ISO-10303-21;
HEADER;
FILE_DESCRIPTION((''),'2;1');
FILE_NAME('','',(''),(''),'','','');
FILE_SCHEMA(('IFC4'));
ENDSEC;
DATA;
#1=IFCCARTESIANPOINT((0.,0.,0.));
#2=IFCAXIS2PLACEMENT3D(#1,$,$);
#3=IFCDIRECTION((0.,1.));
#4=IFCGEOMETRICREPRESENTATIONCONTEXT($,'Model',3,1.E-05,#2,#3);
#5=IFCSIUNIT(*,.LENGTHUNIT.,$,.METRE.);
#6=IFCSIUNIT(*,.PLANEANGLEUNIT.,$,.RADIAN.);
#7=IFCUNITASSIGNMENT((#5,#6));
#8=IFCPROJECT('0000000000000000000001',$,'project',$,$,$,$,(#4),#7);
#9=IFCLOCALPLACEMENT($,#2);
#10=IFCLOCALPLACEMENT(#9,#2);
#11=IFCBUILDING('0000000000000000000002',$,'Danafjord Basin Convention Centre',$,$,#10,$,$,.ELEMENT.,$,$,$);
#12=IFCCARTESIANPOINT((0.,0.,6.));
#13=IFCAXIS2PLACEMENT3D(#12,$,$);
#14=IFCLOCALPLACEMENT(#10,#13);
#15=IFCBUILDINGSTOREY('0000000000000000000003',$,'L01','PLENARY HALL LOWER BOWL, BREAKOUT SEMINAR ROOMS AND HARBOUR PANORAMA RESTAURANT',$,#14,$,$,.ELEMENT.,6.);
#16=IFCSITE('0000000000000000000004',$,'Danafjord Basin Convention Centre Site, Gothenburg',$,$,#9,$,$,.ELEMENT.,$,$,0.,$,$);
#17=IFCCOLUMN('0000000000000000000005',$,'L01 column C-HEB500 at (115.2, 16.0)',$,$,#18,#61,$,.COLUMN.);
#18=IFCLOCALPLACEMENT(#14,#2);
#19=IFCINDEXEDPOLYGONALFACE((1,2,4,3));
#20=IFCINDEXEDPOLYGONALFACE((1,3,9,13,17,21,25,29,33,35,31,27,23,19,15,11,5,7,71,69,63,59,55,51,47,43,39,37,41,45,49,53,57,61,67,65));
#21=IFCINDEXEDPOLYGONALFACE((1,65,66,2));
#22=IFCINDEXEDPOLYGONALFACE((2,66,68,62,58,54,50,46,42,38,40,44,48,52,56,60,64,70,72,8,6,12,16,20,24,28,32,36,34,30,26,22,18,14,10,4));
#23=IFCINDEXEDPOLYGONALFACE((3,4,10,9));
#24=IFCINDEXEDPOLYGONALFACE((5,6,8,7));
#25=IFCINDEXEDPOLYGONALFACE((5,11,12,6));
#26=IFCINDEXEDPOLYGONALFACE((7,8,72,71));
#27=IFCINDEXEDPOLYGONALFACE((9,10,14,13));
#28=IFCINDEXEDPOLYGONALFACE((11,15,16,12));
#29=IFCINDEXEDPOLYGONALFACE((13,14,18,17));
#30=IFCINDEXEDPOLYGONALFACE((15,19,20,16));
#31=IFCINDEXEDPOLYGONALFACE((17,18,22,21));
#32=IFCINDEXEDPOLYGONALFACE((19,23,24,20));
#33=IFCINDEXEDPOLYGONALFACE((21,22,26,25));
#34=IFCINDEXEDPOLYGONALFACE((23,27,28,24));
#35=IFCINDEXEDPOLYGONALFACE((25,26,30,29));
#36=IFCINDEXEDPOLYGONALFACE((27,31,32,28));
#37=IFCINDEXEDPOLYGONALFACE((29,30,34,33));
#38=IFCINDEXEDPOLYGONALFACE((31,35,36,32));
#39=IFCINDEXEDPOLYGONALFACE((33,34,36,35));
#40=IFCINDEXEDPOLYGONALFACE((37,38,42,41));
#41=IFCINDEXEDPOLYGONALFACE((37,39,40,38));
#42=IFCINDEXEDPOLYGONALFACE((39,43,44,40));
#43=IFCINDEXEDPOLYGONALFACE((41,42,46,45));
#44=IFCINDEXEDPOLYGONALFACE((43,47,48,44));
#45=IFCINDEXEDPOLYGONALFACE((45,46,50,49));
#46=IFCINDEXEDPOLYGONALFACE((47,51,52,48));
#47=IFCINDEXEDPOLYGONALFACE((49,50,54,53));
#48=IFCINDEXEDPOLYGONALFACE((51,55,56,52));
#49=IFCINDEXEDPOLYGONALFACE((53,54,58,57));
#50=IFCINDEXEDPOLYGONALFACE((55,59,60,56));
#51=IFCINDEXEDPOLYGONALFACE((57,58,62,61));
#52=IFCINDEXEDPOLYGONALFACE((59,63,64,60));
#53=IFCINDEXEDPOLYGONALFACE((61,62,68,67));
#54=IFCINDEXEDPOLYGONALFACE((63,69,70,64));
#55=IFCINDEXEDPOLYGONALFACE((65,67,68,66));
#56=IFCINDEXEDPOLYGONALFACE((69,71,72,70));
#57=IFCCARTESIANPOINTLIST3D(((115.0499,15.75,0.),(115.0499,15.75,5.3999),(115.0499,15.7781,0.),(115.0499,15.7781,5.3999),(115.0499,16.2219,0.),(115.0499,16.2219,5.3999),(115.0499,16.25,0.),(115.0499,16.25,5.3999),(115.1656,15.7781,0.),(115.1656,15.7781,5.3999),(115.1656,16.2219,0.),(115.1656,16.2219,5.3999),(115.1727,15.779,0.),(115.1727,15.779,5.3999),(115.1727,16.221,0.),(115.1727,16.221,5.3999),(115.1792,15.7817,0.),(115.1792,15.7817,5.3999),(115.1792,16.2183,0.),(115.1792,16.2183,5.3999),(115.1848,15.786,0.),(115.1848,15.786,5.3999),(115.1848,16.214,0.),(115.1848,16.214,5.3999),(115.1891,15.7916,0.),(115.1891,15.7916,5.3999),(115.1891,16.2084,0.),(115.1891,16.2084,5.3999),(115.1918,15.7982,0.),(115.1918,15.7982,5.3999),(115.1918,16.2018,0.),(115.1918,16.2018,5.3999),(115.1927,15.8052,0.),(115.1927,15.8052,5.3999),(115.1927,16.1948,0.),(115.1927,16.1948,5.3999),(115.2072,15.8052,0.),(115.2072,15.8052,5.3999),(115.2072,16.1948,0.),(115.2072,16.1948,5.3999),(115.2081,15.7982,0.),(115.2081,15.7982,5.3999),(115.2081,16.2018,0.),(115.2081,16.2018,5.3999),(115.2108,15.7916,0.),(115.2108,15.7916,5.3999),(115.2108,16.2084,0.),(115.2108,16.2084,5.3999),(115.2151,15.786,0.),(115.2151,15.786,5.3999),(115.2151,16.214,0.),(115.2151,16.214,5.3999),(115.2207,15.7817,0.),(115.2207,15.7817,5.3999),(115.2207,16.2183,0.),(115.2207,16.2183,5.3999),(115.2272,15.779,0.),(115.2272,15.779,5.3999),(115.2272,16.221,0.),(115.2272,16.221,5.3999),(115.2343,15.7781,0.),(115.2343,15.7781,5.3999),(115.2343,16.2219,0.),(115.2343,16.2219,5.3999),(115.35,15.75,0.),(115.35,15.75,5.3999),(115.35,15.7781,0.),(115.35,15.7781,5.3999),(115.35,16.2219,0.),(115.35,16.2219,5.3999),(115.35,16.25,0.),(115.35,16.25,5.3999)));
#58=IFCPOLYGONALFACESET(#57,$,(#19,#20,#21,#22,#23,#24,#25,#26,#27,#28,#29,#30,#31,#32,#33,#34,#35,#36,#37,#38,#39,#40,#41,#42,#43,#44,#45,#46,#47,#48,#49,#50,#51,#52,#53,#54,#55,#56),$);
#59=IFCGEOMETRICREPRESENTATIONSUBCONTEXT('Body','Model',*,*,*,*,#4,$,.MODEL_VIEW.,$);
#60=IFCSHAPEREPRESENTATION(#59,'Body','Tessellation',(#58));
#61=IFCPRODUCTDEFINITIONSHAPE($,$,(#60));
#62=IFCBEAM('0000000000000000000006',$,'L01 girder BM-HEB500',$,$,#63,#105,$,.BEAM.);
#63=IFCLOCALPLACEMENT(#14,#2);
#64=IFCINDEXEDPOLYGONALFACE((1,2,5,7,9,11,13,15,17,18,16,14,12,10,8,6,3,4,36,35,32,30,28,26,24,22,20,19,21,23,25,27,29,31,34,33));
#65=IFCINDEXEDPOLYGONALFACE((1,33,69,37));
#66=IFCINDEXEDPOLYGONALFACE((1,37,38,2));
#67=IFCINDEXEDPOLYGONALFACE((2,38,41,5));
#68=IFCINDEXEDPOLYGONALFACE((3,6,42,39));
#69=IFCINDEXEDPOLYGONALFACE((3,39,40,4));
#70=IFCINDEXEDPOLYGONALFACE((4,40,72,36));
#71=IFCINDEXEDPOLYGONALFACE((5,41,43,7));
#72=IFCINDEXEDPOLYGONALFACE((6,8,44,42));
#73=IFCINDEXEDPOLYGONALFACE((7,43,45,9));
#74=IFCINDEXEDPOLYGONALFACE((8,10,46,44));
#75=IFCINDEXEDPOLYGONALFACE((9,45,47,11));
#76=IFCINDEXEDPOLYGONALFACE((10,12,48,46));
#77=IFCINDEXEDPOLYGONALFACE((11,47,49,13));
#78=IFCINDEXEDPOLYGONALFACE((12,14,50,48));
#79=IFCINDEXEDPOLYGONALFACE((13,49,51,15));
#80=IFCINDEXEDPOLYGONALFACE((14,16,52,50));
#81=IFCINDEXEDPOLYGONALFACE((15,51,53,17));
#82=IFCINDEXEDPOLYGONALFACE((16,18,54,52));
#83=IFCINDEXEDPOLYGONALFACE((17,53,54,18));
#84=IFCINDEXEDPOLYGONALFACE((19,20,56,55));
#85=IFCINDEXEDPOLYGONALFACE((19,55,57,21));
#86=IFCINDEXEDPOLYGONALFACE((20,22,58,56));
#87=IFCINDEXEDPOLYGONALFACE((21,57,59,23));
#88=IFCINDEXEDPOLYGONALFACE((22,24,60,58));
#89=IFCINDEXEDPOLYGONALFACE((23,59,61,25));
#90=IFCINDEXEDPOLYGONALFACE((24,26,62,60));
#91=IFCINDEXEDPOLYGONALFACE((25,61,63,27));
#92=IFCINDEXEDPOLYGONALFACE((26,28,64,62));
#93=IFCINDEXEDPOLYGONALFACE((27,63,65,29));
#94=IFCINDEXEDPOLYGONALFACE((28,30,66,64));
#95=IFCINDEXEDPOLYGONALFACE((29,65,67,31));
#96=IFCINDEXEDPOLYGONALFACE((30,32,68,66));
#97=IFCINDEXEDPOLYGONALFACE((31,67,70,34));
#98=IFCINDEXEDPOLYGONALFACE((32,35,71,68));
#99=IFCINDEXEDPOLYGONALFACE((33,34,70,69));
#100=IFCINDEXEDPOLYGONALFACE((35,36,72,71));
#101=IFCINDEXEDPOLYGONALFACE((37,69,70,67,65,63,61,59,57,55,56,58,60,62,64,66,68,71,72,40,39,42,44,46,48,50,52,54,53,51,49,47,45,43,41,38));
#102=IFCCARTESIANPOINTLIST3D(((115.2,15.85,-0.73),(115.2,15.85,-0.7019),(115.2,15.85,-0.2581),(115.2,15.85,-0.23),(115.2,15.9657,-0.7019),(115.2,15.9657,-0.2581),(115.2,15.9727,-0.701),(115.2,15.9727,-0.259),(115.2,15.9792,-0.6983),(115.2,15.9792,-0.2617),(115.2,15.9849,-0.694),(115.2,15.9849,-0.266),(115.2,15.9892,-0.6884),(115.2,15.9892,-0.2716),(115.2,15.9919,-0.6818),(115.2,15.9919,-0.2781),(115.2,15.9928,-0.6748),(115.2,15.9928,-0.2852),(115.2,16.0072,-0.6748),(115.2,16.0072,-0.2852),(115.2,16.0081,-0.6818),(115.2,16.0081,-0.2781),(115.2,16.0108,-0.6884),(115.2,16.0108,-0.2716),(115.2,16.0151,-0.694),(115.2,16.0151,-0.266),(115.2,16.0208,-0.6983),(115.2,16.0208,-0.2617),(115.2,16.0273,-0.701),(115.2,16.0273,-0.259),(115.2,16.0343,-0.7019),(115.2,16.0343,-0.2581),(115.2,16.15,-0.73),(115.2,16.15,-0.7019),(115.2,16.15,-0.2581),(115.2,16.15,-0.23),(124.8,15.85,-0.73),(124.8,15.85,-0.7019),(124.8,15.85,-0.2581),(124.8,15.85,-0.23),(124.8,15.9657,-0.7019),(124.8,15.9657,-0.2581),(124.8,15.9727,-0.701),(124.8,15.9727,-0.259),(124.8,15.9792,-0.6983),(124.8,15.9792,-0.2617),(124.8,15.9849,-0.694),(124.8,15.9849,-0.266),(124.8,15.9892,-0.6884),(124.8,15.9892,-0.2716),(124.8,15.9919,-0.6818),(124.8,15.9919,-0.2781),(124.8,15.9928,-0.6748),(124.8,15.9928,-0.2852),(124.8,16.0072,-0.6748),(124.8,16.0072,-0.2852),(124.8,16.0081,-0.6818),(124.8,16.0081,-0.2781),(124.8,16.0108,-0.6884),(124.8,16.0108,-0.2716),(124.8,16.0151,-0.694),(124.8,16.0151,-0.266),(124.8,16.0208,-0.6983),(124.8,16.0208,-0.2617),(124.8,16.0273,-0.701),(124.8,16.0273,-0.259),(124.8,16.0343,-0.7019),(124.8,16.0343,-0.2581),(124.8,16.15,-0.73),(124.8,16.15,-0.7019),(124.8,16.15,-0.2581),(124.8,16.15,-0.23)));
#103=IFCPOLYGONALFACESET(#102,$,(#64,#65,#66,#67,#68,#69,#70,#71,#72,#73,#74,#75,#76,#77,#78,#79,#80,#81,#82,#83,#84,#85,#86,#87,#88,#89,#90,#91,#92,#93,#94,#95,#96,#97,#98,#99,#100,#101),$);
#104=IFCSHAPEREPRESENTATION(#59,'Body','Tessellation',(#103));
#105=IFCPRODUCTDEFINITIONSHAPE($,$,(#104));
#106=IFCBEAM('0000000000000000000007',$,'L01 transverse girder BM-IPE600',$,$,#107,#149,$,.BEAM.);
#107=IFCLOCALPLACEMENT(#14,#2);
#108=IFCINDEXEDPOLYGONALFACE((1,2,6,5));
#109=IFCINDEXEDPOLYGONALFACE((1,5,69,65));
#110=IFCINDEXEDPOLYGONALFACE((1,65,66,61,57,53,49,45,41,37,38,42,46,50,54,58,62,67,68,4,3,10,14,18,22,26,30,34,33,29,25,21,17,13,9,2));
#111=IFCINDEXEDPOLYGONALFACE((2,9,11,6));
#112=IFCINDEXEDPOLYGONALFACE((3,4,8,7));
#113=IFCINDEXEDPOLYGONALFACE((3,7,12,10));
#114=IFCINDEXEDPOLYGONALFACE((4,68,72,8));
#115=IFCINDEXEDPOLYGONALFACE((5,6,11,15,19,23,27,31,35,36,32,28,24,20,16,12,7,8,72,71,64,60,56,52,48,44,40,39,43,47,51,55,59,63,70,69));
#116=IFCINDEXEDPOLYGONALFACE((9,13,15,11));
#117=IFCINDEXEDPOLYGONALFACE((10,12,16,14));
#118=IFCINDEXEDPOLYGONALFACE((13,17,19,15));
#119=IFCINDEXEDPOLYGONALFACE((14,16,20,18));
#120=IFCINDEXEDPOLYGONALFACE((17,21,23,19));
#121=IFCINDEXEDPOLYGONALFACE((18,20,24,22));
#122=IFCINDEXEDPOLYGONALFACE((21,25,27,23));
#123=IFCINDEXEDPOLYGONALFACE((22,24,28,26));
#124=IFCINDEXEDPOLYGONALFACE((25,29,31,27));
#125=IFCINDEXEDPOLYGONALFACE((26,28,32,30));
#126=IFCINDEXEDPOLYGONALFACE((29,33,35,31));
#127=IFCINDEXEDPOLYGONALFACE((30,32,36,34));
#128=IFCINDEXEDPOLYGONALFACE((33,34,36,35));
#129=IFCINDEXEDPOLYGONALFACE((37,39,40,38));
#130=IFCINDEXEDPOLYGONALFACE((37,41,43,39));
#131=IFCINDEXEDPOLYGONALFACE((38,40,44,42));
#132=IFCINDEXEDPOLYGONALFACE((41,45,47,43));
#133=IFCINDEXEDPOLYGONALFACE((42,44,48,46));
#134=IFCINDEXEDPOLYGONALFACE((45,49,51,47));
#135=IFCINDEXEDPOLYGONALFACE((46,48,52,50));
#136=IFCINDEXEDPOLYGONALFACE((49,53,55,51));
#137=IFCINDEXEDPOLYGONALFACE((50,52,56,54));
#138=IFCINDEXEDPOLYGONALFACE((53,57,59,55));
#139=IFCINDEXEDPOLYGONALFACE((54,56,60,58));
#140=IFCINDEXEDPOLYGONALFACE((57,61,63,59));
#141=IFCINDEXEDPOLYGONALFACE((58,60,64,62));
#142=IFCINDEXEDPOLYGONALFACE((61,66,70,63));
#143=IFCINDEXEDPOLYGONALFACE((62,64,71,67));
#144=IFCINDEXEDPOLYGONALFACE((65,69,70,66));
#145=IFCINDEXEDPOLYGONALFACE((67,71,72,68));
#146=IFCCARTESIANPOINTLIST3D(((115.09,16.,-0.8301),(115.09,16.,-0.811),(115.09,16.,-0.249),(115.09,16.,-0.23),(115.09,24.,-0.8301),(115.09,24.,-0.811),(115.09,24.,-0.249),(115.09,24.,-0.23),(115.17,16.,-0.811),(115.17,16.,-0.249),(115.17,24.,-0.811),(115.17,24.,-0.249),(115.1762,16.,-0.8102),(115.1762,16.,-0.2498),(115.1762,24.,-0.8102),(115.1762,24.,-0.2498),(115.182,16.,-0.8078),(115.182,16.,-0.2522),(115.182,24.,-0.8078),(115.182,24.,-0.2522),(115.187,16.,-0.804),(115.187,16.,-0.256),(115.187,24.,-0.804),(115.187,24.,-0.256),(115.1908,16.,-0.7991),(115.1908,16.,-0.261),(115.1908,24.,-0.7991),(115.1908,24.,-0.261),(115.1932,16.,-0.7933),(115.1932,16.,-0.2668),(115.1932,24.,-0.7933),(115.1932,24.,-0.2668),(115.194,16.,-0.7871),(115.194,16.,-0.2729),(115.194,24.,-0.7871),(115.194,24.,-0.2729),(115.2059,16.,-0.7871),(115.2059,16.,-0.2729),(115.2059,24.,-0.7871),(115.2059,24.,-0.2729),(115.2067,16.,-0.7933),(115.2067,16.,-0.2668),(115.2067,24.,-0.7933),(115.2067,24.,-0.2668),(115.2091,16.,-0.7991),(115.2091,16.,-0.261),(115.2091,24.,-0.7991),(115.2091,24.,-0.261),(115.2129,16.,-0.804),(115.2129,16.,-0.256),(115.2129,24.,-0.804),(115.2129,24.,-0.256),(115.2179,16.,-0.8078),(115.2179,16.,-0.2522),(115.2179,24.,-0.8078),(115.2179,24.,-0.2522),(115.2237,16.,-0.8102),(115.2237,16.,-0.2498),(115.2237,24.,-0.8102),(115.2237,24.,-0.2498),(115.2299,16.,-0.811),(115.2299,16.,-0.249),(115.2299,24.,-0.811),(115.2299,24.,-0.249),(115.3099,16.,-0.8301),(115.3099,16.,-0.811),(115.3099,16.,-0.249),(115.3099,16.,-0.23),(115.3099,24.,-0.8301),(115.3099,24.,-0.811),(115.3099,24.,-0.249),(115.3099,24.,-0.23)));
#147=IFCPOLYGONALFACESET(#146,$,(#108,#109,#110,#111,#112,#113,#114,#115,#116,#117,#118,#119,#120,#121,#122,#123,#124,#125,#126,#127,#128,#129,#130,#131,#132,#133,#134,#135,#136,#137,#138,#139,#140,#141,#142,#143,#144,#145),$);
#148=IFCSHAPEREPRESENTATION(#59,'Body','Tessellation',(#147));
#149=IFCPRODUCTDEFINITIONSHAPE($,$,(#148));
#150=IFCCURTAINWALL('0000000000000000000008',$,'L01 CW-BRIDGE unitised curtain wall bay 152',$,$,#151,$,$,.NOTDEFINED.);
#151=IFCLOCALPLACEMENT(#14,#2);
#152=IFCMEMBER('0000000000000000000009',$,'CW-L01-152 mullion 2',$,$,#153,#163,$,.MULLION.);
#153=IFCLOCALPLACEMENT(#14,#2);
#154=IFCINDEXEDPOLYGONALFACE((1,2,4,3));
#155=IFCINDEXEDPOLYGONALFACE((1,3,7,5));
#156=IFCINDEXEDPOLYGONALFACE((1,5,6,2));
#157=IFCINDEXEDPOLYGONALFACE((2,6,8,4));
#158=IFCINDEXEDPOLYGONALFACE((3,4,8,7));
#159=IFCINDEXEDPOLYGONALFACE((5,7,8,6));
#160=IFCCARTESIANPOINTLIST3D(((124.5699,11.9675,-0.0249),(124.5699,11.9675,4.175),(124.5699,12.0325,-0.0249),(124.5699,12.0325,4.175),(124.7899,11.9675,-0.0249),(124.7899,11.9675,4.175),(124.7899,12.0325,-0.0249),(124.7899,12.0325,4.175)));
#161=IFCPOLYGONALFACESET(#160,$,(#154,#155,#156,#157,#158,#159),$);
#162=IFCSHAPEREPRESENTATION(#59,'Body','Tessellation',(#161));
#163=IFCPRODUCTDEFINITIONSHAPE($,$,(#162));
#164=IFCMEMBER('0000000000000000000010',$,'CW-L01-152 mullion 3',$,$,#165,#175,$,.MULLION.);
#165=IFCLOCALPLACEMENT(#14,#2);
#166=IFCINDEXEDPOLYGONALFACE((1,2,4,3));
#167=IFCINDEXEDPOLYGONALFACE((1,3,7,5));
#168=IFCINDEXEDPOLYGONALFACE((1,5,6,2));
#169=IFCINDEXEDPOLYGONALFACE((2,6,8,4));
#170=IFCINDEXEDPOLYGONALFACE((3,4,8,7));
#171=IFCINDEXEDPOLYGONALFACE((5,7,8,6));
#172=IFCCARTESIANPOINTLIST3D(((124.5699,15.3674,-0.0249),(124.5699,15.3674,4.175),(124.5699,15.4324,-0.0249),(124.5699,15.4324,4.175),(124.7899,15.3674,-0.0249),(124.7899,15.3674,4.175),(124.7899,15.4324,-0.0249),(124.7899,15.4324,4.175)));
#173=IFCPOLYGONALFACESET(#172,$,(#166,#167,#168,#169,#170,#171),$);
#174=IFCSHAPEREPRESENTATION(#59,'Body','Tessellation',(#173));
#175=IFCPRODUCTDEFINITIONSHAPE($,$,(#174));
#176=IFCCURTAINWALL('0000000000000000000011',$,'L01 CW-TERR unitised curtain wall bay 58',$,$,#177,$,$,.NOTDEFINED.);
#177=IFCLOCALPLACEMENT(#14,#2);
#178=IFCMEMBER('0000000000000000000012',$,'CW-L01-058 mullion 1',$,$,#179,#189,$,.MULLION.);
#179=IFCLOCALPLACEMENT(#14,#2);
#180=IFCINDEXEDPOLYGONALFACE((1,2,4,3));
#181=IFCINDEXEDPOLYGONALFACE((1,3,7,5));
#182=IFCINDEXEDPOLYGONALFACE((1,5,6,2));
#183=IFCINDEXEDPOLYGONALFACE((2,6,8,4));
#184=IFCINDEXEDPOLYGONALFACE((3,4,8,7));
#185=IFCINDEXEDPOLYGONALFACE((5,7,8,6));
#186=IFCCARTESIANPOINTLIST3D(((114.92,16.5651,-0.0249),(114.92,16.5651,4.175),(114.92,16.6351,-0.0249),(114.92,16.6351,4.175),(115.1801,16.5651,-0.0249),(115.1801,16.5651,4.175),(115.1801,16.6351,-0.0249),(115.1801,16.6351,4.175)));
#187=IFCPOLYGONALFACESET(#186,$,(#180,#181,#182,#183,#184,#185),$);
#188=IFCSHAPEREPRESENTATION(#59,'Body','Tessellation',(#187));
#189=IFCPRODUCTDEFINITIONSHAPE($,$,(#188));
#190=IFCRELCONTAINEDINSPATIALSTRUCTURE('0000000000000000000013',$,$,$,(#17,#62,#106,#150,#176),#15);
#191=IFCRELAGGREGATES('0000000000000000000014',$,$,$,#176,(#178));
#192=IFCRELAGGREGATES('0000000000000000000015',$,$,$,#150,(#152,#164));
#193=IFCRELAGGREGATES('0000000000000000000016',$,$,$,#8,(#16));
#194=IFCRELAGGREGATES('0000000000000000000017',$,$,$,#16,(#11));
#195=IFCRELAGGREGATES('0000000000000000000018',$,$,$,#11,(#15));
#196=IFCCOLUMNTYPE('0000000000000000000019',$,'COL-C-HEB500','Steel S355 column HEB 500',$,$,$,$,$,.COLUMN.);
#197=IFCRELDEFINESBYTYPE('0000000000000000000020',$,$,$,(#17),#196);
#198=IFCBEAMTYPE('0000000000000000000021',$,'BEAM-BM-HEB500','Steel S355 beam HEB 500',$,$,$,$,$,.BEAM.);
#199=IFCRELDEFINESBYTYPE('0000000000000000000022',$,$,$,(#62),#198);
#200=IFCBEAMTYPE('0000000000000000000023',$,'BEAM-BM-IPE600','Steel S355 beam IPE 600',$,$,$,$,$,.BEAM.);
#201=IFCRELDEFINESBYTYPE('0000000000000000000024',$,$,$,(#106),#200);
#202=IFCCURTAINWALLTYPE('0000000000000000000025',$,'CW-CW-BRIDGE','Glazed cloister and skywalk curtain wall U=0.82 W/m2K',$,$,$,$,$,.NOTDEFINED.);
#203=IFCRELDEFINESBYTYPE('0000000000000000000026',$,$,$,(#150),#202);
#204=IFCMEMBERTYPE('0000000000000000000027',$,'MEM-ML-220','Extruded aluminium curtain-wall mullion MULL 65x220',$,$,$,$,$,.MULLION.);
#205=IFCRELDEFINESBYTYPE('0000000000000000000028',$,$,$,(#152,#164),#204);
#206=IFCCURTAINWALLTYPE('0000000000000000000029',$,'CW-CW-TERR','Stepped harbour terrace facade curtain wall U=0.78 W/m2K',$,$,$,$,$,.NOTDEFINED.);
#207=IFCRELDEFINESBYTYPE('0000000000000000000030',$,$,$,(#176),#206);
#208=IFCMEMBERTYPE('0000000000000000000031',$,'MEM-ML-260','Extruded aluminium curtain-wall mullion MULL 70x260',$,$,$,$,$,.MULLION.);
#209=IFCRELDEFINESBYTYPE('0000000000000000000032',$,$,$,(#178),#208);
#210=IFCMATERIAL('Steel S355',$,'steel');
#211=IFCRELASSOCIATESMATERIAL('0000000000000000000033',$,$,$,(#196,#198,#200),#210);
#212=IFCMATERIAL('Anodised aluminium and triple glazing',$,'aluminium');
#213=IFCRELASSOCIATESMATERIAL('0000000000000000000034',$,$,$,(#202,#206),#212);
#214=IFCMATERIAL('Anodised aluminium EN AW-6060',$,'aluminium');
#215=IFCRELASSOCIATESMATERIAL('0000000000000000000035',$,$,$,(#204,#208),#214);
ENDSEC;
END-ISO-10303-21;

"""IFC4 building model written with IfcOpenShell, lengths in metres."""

from ifc_helpers import new_model, si_unit, direction, frame, origin, origin_2d, place, context, subcontext, project, spatial, rectangle, i_section, extrude, material, material_profile, profile_set, type_object, element, aggregate, save


model = new_model("IFC4")

# Units and contexts
model_context = context("Model", 3, precision=1e-05, world=origin(), true_north=direction((0.0, 1.0)))
body_context = subcontext(model_context, "Body", "Model", "MODEL_VIEW")
ifc_project = project(units=[si_unit("LENGTHUNIT", "METRE"), si_unit("PLANEANGLEUNIT", "RADIAN")], contexts=[model_context])

# Site, building, storey
site_placement = place(None, origin())
site = spatial("IfcSite", under=ifc_project, at=site_placement, Name="Danafjord Basin Convention Centre Site, Gothenburg", CompositionType="ELEMENT", RefElevation=0.0)
building_placement = place(site_placement, origin())
building = spatial("IfcBuilding", under=site, at=building_placement, Name="Danafjord Basin Convention Centre", CompositionType="ELEMENT")
storey_placement = place(building_placement, frame((0.0, 0.0, 6.0)))
storey = spatial("IfcBuildingStorey", under=building, at=storey_placement, Name="L01", Description="PLENARY HALL LOWER BOWL, BREAKOUT SEMINAR ROOMS AND HARBOUR PANORAMA RESTAURANT", CompositionType="ELEMENT", Elevation=6.0)

# Column
ifc_material_1 = material(Name="Steel S355", Category="steel")
ifc_material_profile_1 = material_profile(ifc_material_1, i_section(OverallWidth=0.3, OverallDepth=0.5, WebThickness=0.0144, FlangeThickness=0.0281, FilletRadius=0.0271, at=origin_2d()), Name="HEB 500")
ifc_profile_set_1 = profile_set([ifc_material_profile_1], Name="Steel S355")
column_type = type_object("IfcColumnType", Name="COL-C-HEB500", Description="Steel S355 column HEB 500", PredefinedType="COLUMN", material=ifc_profile_set_1)
column_placement = place(storey_placement, frame((115.2, 16.0, 0.0), z_axis=(0.0, 0.0, 1.0), x_axis=(1.0, 0.0, 0.0)))
element("IfcColumn", 1, at=column_placement, inside=storey, type_object=column_type, Name="L01 column C-HEB500 at (115.2, 16.0)", PredefinedType="COLUMN", context=body_context, shape_type="SweptSolid", body=[
    extrude(i_section(OverallWidth=0.3, OverallDepth=0.5, WebThickness=0.0144, FlangeThickness=0.0281, FilletRadius=0.0271, at=origin_2d()), origin(), (0.0, 0.0, 1.0), 5.3999),
])

# Beams
ifc_material_profile_2 = material_profile(ifc_material_1, i_section(OverallWidth=0.3, OverallDepth=0.5, WebThickness=0.0144, FlangeThickness=0.0281, FilletRadius=0.0271, at=origin_2d()), Name="HEB 500")
ifc_profile_set_2 = profile_set([ifc_material_profile_2], Name="Steel S355")
beam_type_1 = type_object("IfcBeamType", Name="BEAM-BM-HEB500", Description="Steel S355 beam HEB 500", PredefinedType="BEAM", material=ifc_profile_set_2)
beam_1_placement = place(storey_placement, frame((115.2, 16.0, -0.48), z_axis=(1.0, 0.0, 0.0), x_axis=(0.0, 1.0, 0.0)))
element("IfcBeam", 2, at=beam_1_placement, inside=storey, type_object=beam_type_1, Name="L01 girder BM-HEB500", PredefinedType="BEAM", context=body_context, shape_type="SweptSolid", body=[
    extrude(i_section(OverallWidth=0.3, OverallDepth=0.5, WebThickness=0.0144, FlangeThickness=0.0281, FilletRadius=0.0271, at=origin_2d()), origin(), (0.0, 0.0, 1.0), 9.6001),
])
ifc_material_profile_3 = material_profile(ifc_material_1, i_section(OverallWidth=0.22, OverallDepth=0.6001, WebThickness=0.012, FlangeThickness=0.019, FilletRadius=0.0239, at=origin_2d()), Name="IPE 600")
ifc_profile_set_3 = profile_set([ifc_material_profile_3], Name="Steel S355")
beam_type_2 = type_object("IfcBeamType", Name="BEAM-BM-IPE600", Description="Steel S355 beam IPE 600", PredefinedType="BEAM", material=ifc_profile_set_3)
beam_2_placement = place(storey_placement, frame((115.2, 16.0, -0.53), z_axis=(0.0, 1.0, 0.0), x_axis=(-1.0, 0.0, 0.0)))
element("IfcBeam", 3, at=beam_2_placement, inside=storey, type_object=beam_type_2, Name="L01 transverse girder BM-IPE600", PredefinedType="BEAM", context=body_context, shape_type="SweptSolid", body=[
    extrude(i_section(OverallWidth=0.22, OverallDepth=0.6001, WebThickness=0.012, FlangeThickness=0.019, FilletRadius=0.0239, at=origin_2d()), origin(), (0.0, 0.0, 1.0), 8.0),
])

# Curtain walls, members
ifc_material_2 = material(Name="Anodised aluminium and triple glazing", Category="aluminium")
curtain_wall_type_1 = type_object("IfcCurtainWallType", Name="CW-CW-BRIDGE", Description="Glazed cloister and skywalk curtain wall U=0.82 W/m2K", PredefinedType="NOTDEFINED", material=ifc_material_2)
curtain_wall_1_placement = place(storey_placement, origin())
curtain_wall_1 = element("IfcCurtainWall", 4, at=curtain_wall_1_placement, inside=storey, type_object=curtain_wall_type_1, Name="L01 CW-BRIDGE unitised curtain wall bay 152", PredefinedType="NOTDEFINED")
ifc_material_3 = material(Name="Anodised aluminium EN AW-6060", Category="aluminium")
ifc_material_profile_4 = material_profile(ifc_material_3, rectangle(XDim=0.0649, YDim=0.22, at=origin_2d()), Name="MULL 65x220")
ifc_profile_set_4 = profile_set([ifc_material_profile_4], Name="Anodised aluminium EN AW-6060")
member_type_1 = type_object("IfcMemberType", Name="MEM-ML-220", Description="Extruded aluminium curtain-wall mullion MULL 65x220", PredefinedType="MULLION", material=ifc_profile_set_4)
member_1_placement = place(storey_placement, frame((124.6799, 12.0, -0.0249), z_axis=(0.0, 0.0, 1.0), x_axis=(0.0, 1.0, 0.0)))
member_1 = element("IfcMember", 5, at=member_1_placement, type_object=member_type_1, Name="CW-L01-152 mullion 2", PredefinedType="MULLION", context=body_context, shape_type="SweptSolid", body=[
    extrude(rectangle(XDim=0.0649, YDim=0.22, at=origin_2d()), origin(), (0.0, 0.0, 1.0), 4.2),
])
member_2_placement = place(storey_placement, frame((124.6799, 15.3999, -0.0249), z_axis=(0.0, 0.0, 1.0), x_axis=(0.0, 1.0, 0.0)))
member_2 = element("IfcMember", 6, at=member_2_placement, type_object=member_type_1, Name="CW-L01-152 mullion 3", PredefinedType="MULLION", context=body_context, shape_type="SweptSolid", body=[
    extrude(rectangle(XDim=0.0649, YDim=0.22, at=origin_2d()), origin(), (0.0, 0.0, 1.0), 4.2),
])
curtain_wall_type_2 = type_object("IfcCurtainWallType", Name="CW-CW-TERR", Description="Stepped harbour terrace facade curtain wall U=0.78 W/m2K", PredefinedType="NOTDEFINED", material=ifc_material_2)
curtain_wall_2_placement = place(storey_placement, origin())
curtain_wall_2 = element("IfcCurtainWall", 7, at=curtain_wall_2_placement, inside=storey, type_object=curtain_wall_type_2, Name="L01 CW-TERR unitised curtain wall bay 58", PredefinedType="NOTDEFINED")
ifc_material_profile_5 = material_profile(ifc_material_3, rectangle(XDim=0.0701, YDim=0.26, at=origin_2d()), Name="MULL 70x260")
ifc_profile_set_5 = profile_set([ifc_material_profile_5], Name="Anodised aluminium EN AW-6060")
member_type_2 = type_object("IfcMemberType", Name="MEM-ML-260", Description="Extruded aluminium curtain-wall mullion MULL 70x260", PredefinedType="MULLION", material=ifc_profile_set_5)
member_3_placement = place(storey_placement, frame((115.05, 16.6001, -0.0249), z_axis=(0.0, 0.0, 1.0), x_axis=(0.0, 1.0, 0.0)))
member_3 = element("IfcMember", 8, at=member_3_placement, type_object=member_type_2, Name="CW-L01-058 mullion 1", PredefinedType="MULLION", context=body_context, shape_type="SweptSolid", body=[
    extrude(rectangle(XDim=0.0701, YDim=0.26, at=origin_2d()), origin(), (0.0, 0.0, 1.0), 4.2),
])

aggregate(curtain_wall_2, [member_3])
aggregate(curtain_wall_1, [member_1, member_2])

save(model, "model.ifc")
